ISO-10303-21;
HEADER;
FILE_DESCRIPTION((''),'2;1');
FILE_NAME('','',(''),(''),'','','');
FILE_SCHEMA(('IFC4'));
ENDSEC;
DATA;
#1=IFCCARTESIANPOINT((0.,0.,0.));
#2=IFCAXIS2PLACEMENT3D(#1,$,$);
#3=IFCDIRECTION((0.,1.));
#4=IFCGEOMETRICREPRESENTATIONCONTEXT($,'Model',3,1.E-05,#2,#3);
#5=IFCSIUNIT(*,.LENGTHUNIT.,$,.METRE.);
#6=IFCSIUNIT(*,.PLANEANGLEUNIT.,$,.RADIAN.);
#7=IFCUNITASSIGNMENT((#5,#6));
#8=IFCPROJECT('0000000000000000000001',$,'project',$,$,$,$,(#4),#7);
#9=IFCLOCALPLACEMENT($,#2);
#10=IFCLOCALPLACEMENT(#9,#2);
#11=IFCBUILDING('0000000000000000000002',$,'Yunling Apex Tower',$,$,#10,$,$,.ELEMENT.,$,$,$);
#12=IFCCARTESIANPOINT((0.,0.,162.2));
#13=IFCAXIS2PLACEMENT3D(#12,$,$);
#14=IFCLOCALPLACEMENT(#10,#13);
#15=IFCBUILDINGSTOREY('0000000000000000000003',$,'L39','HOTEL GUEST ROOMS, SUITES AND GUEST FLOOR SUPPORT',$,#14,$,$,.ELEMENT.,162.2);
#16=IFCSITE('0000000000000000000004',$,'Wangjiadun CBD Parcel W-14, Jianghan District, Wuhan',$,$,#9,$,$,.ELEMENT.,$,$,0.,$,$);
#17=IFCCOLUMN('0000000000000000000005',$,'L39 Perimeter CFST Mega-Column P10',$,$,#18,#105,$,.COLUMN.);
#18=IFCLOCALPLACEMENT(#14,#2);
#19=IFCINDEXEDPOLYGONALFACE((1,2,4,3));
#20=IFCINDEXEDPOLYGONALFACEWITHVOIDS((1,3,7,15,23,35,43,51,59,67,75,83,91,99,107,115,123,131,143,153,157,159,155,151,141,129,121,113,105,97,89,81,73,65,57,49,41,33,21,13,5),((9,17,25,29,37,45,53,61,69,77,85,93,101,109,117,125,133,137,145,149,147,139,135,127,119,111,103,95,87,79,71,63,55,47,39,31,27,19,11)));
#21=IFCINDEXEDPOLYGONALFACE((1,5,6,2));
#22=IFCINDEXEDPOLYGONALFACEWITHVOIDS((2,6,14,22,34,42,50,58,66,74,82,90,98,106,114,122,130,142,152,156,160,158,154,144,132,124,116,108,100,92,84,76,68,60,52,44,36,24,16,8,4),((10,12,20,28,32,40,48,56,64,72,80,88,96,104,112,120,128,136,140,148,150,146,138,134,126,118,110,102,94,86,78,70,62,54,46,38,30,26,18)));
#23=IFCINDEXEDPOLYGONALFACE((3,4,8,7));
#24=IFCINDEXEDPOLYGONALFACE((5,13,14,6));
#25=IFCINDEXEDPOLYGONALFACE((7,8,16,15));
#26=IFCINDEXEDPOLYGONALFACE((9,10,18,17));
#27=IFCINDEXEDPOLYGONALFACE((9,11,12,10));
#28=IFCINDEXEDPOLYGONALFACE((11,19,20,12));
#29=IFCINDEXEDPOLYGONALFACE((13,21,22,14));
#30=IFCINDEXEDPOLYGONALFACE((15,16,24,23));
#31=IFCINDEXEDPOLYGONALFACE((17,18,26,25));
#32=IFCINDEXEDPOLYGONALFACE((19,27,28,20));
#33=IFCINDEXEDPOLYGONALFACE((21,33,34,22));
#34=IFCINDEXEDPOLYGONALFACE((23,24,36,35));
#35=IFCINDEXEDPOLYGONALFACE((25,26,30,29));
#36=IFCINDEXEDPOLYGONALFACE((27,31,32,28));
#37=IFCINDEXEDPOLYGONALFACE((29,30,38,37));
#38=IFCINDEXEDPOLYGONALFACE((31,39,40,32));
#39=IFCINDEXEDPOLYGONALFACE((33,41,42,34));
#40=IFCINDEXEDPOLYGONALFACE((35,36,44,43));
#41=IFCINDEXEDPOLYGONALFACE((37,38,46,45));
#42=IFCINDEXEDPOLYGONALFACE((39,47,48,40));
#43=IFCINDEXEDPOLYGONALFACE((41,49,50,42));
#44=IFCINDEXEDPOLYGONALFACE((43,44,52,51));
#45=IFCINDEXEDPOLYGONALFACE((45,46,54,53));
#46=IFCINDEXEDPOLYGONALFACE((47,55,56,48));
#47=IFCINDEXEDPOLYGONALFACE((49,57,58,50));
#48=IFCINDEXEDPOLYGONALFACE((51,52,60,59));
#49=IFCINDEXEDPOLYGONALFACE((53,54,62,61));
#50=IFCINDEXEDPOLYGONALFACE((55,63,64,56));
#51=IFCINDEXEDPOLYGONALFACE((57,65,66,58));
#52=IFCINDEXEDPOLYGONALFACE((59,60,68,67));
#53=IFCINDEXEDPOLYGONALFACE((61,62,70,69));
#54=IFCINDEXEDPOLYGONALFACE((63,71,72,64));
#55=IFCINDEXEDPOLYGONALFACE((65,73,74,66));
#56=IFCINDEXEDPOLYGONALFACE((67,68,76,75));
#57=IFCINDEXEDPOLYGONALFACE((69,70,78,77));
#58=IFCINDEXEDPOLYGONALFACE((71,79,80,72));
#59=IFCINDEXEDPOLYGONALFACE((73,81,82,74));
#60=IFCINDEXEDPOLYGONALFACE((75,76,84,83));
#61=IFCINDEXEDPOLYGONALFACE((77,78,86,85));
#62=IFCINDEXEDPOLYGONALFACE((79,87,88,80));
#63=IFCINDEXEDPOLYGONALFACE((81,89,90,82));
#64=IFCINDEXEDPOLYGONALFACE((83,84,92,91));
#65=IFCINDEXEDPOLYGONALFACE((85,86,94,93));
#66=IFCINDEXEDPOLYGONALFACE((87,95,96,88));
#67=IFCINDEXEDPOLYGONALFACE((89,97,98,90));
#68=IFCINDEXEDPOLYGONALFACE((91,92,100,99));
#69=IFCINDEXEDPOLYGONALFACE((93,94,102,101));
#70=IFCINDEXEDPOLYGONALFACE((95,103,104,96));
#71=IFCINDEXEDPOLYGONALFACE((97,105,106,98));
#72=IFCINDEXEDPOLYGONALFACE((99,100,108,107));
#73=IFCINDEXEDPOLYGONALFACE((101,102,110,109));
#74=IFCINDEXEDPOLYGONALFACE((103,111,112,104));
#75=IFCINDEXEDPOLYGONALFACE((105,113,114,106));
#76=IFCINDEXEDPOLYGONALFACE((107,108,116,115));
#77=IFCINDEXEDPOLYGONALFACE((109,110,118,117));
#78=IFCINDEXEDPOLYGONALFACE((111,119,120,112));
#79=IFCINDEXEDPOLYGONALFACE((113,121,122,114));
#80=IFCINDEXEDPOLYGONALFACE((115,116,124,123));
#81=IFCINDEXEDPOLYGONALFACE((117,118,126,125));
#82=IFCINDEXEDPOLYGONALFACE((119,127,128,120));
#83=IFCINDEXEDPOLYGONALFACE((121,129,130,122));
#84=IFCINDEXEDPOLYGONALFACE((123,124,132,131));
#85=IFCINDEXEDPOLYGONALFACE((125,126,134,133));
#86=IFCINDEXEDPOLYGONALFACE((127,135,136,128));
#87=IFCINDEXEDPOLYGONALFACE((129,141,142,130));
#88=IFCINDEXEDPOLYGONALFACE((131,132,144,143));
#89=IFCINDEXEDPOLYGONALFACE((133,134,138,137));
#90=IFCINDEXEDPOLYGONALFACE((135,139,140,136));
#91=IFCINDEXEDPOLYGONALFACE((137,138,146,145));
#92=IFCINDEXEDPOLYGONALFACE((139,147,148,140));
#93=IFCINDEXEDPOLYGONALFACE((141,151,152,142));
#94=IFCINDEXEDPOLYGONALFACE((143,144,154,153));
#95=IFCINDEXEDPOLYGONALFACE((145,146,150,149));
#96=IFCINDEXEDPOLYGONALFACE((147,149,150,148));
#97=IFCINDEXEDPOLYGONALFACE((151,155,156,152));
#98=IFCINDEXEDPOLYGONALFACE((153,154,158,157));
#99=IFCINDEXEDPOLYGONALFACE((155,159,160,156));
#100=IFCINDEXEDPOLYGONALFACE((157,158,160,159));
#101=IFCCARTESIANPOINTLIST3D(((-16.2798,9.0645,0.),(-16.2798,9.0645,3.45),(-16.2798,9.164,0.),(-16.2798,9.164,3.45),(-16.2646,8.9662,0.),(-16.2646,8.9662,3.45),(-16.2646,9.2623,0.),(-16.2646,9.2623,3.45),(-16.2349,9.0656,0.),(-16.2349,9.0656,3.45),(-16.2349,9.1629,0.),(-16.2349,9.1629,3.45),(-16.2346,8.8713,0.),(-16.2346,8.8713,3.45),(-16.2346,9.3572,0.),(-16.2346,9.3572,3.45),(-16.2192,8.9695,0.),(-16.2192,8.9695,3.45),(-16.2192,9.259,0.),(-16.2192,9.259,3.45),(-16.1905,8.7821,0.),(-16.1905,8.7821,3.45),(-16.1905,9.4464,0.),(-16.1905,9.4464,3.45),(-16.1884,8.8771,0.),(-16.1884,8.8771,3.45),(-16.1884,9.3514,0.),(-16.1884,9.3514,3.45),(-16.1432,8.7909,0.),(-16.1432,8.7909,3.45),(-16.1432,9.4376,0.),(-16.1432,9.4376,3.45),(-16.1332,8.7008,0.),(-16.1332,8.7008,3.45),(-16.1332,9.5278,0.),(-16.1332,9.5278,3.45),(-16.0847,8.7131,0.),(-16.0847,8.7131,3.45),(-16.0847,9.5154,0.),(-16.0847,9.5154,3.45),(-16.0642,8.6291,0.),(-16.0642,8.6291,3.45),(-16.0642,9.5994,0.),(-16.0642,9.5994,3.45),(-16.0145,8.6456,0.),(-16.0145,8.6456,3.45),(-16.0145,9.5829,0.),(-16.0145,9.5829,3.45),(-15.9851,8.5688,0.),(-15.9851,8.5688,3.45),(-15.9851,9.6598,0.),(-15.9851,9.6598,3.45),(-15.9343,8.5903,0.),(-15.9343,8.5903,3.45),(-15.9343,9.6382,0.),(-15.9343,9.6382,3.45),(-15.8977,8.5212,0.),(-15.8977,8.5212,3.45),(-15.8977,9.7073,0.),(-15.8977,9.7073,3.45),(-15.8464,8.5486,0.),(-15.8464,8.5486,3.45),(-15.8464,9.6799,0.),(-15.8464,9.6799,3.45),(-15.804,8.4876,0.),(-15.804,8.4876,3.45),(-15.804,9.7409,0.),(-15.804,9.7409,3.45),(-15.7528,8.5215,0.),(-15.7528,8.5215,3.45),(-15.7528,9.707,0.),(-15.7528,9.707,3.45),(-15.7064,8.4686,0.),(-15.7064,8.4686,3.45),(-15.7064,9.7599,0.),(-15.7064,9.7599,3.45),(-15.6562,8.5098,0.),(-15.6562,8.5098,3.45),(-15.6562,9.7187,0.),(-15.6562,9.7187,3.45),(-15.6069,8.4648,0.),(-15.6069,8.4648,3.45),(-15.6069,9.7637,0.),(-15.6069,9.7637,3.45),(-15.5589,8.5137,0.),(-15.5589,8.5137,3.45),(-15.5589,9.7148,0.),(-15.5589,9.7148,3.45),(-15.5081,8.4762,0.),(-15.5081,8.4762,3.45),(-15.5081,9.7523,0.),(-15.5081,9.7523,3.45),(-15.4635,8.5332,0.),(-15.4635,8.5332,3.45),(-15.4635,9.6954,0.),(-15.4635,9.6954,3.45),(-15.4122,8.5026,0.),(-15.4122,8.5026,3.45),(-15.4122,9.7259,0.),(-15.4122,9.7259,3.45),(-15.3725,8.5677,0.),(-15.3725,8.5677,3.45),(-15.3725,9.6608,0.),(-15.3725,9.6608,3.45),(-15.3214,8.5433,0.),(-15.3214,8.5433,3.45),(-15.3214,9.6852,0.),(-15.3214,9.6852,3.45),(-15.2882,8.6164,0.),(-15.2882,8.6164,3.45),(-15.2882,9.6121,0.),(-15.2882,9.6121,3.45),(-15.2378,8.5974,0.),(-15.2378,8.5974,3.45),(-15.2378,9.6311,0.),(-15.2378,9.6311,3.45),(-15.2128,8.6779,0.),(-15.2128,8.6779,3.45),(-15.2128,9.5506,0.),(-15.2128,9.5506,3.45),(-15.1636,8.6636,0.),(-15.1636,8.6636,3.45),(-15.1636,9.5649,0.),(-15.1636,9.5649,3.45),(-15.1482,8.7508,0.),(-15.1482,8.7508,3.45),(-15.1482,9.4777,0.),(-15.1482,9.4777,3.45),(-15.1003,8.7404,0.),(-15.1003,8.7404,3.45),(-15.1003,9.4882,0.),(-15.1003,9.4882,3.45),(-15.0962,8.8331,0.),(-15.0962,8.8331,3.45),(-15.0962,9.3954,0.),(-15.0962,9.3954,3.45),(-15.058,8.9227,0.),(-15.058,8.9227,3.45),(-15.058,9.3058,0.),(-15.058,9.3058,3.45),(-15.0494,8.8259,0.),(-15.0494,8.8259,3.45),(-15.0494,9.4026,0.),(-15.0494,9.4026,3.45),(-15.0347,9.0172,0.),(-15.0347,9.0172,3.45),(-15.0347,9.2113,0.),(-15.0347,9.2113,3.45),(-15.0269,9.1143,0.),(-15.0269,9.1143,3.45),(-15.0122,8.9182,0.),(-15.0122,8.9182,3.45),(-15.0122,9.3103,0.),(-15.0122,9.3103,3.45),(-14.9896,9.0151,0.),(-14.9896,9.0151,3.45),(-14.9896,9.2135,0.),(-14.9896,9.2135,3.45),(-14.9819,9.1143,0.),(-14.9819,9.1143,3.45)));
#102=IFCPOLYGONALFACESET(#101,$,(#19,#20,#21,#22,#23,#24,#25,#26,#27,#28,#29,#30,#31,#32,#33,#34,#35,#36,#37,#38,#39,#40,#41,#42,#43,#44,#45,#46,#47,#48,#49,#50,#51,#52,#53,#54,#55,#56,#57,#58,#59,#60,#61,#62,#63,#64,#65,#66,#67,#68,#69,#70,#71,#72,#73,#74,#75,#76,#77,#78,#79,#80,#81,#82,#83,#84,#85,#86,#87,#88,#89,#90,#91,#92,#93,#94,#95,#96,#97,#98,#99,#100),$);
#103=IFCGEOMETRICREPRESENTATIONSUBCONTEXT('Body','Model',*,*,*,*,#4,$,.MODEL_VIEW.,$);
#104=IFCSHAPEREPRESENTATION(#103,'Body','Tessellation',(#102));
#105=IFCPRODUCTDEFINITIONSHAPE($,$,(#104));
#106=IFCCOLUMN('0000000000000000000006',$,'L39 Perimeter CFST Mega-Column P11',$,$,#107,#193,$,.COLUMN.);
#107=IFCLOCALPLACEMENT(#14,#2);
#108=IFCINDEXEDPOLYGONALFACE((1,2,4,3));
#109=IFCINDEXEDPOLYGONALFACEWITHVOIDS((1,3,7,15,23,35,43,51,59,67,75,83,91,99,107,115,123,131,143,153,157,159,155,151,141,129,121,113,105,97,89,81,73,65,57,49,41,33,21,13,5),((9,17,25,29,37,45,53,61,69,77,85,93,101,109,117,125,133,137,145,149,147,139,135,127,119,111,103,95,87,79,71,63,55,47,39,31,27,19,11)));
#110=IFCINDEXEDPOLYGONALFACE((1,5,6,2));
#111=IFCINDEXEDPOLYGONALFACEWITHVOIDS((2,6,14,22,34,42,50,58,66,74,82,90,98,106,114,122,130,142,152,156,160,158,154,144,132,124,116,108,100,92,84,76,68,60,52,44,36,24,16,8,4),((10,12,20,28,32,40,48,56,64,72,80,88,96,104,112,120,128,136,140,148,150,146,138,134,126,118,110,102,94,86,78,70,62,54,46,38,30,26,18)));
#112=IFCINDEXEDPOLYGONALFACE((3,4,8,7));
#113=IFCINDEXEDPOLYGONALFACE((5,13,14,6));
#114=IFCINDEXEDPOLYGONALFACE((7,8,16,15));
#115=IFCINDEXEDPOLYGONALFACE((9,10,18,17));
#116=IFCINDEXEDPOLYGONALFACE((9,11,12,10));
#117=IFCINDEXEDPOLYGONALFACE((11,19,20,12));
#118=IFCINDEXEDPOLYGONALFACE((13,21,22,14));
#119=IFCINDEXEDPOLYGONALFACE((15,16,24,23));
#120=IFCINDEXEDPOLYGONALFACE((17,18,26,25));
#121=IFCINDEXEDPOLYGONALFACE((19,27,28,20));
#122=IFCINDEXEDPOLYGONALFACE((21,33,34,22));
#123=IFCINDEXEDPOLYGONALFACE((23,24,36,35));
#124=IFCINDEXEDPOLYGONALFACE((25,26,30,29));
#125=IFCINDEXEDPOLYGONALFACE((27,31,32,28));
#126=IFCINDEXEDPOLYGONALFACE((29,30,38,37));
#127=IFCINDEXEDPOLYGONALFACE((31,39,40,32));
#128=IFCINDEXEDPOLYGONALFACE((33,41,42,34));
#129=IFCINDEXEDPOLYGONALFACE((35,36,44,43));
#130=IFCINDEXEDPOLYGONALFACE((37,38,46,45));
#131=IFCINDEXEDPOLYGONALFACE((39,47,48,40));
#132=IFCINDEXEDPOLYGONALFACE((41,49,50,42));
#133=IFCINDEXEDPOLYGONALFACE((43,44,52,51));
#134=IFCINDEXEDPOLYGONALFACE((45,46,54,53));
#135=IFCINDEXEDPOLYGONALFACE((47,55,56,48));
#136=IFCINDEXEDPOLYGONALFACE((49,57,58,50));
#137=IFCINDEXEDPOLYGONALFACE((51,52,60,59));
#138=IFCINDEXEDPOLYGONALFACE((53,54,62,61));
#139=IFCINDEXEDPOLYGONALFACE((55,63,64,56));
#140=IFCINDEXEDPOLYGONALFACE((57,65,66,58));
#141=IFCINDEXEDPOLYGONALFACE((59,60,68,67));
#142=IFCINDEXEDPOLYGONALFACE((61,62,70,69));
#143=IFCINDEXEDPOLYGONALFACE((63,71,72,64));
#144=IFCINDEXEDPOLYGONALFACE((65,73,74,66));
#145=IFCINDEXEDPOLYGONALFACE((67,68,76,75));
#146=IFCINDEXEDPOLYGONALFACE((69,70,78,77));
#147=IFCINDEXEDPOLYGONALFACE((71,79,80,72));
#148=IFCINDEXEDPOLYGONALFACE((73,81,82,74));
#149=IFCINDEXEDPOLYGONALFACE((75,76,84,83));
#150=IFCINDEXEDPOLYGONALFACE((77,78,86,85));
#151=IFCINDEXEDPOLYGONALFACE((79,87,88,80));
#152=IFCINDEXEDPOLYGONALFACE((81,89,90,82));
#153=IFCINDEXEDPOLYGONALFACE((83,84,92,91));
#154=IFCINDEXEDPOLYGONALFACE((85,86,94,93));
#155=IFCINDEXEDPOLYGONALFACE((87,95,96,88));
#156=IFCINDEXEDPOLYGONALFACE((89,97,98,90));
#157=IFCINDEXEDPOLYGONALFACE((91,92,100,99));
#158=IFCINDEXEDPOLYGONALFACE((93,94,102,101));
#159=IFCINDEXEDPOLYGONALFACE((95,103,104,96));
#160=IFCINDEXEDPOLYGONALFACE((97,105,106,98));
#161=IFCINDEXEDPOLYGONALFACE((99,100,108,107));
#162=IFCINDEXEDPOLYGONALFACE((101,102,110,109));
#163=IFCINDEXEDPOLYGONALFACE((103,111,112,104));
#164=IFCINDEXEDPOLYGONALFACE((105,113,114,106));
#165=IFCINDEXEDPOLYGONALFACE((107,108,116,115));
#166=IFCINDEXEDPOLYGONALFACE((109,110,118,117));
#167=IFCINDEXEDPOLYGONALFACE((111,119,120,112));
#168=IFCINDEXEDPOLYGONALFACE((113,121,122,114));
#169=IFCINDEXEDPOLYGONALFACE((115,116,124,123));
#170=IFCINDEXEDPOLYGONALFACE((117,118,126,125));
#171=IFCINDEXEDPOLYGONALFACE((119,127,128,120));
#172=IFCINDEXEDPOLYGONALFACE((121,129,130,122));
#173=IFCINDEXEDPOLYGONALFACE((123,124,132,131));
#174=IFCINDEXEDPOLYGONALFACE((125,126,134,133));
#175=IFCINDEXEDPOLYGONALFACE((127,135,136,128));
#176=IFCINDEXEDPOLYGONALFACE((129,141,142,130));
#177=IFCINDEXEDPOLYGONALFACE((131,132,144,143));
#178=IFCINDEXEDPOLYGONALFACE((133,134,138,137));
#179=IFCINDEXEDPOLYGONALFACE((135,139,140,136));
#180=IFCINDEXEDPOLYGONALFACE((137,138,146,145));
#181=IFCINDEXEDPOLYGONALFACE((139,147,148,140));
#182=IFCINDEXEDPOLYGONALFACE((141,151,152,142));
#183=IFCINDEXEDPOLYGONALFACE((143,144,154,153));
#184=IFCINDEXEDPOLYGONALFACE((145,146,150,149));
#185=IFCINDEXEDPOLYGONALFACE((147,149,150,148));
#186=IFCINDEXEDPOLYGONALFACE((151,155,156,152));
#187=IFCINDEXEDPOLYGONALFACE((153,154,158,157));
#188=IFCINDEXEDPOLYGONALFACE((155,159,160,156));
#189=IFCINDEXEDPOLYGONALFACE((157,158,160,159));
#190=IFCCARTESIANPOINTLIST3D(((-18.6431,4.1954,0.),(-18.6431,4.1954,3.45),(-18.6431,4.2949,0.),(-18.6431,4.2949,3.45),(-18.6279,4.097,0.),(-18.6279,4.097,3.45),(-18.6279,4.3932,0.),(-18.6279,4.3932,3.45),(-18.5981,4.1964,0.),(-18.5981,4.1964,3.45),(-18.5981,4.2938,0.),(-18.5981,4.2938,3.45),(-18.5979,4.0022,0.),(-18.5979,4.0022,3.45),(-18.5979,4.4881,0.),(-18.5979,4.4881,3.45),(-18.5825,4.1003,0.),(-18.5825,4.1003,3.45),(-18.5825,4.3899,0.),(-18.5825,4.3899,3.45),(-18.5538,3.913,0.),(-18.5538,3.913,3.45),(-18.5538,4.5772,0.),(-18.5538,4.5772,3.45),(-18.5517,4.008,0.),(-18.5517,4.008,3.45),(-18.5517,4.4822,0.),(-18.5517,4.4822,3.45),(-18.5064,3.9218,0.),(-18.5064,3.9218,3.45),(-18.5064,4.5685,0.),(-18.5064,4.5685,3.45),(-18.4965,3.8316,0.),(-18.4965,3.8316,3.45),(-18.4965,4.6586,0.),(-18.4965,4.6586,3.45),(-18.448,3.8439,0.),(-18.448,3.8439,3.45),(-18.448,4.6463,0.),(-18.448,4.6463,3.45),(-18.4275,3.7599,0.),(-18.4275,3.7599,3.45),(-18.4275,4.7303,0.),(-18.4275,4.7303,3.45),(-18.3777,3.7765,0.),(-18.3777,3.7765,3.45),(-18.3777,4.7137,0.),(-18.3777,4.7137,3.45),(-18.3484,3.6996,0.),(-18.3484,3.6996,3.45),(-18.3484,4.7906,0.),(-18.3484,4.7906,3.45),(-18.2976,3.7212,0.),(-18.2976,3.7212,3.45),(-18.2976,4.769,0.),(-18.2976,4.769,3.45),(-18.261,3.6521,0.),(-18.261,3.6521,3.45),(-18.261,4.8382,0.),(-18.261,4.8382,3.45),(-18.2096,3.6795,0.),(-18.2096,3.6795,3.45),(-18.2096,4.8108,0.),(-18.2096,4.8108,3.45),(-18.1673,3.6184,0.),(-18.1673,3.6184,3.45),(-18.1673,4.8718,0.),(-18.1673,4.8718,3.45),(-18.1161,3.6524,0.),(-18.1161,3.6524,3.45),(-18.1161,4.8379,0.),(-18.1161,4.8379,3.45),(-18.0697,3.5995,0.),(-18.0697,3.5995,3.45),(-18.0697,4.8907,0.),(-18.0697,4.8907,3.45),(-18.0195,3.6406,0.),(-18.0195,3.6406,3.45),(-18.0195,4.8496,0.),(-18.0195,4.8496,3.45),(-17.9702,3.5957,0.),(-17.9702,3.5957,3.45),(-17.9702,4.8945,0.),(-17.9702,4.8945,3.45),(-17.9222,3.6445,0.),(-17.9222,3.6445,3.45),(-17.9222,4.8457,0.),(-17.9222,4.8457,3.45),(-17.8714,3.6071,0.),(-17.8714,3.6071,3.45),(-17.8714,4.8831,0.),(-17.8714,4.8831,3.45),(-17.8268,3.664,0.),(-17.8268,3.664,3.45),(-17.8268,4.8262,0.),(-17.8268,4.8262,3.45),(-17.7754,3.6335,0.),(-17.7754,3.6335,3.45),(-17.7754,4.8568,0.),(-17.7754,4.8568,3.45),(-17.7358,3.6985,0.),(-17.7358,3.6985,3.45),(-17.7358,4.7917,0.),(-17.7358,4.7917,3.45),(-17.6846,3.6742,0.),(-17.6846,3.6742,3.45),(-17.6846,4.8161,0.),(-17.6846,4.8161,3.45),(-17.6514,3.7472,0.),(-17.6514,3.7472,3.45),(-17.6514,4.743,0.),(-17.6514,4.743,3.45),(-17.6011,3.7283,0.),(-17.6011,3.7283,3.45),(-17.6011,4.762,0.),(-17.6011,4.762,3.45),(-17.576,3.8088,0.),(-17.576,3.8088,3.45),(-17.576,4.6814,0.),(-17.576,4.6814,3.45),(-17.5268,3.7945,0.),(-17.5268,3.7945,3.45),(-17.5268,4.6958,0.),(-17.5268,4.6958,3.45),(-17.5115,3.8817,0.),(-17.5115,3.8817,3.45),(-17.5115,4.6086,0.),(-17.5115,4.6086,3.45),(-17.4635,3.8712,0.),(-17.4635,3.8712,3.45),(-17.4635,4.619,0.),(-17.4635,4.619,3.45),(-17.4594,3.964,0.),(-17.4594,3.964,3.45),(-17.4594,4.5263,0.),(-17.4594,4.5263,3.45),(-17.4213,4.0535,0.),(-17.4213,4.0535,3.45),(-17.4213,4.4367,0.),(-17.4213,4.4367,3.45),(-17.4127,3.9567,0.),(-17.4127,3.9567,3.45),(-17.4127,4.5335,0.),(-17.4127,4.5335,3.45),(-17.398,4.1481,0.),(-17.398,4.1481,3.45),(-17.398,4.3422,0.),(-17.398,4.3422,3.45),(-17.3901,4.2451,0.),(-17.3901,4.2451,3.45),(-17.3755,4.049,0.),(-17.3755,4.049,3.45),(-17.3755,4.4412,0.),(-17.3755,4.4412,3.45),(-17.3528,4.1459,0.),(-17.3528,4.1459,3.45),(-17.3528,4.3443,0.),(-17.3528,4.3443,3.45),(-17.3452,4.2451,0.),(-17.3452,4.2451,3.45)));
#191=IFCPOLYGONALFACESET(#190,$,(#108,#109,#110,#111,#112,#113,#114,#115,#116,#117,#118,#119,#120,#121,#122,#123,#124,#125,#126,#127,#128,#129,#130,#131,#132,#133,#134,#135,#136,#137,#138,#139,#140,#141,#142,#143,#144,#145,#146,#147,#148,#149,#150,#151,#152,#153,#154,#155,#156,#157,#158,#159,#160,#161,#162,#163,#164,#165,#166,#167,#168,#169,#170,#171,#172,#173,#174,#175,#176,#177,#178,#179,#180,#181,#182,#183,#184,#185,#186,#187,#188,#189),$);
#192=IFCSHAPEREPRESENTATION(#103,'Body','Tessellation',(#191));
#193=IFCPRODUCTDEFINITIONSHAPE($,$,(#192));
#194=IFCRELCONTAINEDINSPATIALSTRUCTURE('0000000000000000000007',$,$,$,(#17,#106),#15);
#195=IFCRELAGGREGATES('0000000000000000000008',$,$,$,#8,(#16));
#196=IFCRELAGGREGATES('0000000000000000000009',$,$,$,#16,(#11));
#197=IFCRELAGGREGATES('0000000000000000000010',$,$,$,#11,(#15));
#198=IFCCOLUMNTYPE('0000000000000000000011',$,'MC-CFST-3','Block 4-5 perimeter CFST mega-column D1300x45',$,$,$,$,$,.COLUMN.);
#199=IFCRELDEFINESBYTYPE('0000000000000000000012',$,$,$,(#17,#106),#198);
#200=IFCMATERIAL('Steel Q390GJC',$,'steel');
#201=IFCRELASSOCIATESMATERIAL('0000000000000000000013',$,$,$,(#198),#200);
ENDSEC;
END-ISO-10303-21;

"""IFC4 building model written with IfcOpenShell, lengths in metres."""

from ifc_helpers import new_model, si_unit, direction, frame, origin, origin_2d, place, context, subcontext, project, spatial, hollow_circle, extrude, source, transform, mapped, material, material_profile, profile_set, type_object, element, save


model = new_model("IFC4")

# Units and contexts
model_context = context("Model", 3, precision=1e-05, world=origin(), true_north=direction((0.0, 1.0)))
body_context = subcontext(model_context, "Body", "Model", "MODEL_VIEW")
ifc_project = project(units=[si_unit("LENGTHUNIT", "METRE"), si_unit("PLANEANGLEUNIT", "RADIAN")], contexts=[model_context])

# Site, building, storey
site_placement = place(None, origin())
site = spatial("IfcSite", under=ifc_project, at=site_placement, Name="Wangjiadun CBD Parcel W-14, Jianghan District, Wuhan", CompositionType="ELEMENT", RefElevation=0.0)
building_placement = place(site_placement, origin())
building = spatial("IfcBuilding", under=site, at=building_placement, Name="Yunling Apex Tower", CompositionType="ELEMENT")
storey_placement = place(building_placement, frame((0.0, 0.0, 162.2)))
storey = spatial("IfcBuildingStorey", under=building, at=storey_placement, Name="L39", Description="HOTEL GUEST ROOMS, SUITES AND GUEST FLOOR SUPPORT", CompositionType="ELEMENT", Elevation=162.2)

# Columns
ifc_material_1 = material(Name="Steel Q390GJC", Category="steel")
ifc_material_profile_1 = material_profile(ifc_material_1, hollow_circle(Radius=0.6499, WallThickness=0.0449, at=origin_2d()))
ifc_profile_set_1 = profile_set([ifc_material_profile_1], Name="Steel Q390GJC")
column_type = type_object("IfcColumnType", Name="MC-CFST-3", Description="Block 4-5 perimeter CFST mega-column D1300x45", PredefinedType="COLUMN", material=ifc_profile_set_1)
shared_shape_1 = source(origin(), body_context, "Body", "SweptSolid", [
    extrude(hollow_circle(Radius=0.6499, WallThickness=0.0449, at=origin_2d()), origin(), (0.0, 0.0, 1.0), 3.45),
])
for number, where, z_axis, x_axis, name in (
    (1, (-15.6318, 9.1143, 0.0), (0.0, 0.0, 1.0), (1.0, 0.0, 0.0), "L39 Perimeter CFST Mega-Column P10"),
    (2, (-17.9951, 4.2451, 0.0), (0.0, 0.0, 1.0), (1.0, 0.0, 0.0), "L39 Perimeter CFST Mega-Column P11"),
):
    element("IfcColumn", number, at=place(storey_placement, frame(where, z_axis=z_axis, x_axis=x_axis)), inside=storey, type_object=column_type, Name=name, PredefinedType="COLUMN", context=body_context, shape_type="MappedRepresentation", body=[
        mapped(shared_shape_1, transform((0.0, 0.0, 0.0), scale=1.0)),
    ])

save(model, "model.ifc")
